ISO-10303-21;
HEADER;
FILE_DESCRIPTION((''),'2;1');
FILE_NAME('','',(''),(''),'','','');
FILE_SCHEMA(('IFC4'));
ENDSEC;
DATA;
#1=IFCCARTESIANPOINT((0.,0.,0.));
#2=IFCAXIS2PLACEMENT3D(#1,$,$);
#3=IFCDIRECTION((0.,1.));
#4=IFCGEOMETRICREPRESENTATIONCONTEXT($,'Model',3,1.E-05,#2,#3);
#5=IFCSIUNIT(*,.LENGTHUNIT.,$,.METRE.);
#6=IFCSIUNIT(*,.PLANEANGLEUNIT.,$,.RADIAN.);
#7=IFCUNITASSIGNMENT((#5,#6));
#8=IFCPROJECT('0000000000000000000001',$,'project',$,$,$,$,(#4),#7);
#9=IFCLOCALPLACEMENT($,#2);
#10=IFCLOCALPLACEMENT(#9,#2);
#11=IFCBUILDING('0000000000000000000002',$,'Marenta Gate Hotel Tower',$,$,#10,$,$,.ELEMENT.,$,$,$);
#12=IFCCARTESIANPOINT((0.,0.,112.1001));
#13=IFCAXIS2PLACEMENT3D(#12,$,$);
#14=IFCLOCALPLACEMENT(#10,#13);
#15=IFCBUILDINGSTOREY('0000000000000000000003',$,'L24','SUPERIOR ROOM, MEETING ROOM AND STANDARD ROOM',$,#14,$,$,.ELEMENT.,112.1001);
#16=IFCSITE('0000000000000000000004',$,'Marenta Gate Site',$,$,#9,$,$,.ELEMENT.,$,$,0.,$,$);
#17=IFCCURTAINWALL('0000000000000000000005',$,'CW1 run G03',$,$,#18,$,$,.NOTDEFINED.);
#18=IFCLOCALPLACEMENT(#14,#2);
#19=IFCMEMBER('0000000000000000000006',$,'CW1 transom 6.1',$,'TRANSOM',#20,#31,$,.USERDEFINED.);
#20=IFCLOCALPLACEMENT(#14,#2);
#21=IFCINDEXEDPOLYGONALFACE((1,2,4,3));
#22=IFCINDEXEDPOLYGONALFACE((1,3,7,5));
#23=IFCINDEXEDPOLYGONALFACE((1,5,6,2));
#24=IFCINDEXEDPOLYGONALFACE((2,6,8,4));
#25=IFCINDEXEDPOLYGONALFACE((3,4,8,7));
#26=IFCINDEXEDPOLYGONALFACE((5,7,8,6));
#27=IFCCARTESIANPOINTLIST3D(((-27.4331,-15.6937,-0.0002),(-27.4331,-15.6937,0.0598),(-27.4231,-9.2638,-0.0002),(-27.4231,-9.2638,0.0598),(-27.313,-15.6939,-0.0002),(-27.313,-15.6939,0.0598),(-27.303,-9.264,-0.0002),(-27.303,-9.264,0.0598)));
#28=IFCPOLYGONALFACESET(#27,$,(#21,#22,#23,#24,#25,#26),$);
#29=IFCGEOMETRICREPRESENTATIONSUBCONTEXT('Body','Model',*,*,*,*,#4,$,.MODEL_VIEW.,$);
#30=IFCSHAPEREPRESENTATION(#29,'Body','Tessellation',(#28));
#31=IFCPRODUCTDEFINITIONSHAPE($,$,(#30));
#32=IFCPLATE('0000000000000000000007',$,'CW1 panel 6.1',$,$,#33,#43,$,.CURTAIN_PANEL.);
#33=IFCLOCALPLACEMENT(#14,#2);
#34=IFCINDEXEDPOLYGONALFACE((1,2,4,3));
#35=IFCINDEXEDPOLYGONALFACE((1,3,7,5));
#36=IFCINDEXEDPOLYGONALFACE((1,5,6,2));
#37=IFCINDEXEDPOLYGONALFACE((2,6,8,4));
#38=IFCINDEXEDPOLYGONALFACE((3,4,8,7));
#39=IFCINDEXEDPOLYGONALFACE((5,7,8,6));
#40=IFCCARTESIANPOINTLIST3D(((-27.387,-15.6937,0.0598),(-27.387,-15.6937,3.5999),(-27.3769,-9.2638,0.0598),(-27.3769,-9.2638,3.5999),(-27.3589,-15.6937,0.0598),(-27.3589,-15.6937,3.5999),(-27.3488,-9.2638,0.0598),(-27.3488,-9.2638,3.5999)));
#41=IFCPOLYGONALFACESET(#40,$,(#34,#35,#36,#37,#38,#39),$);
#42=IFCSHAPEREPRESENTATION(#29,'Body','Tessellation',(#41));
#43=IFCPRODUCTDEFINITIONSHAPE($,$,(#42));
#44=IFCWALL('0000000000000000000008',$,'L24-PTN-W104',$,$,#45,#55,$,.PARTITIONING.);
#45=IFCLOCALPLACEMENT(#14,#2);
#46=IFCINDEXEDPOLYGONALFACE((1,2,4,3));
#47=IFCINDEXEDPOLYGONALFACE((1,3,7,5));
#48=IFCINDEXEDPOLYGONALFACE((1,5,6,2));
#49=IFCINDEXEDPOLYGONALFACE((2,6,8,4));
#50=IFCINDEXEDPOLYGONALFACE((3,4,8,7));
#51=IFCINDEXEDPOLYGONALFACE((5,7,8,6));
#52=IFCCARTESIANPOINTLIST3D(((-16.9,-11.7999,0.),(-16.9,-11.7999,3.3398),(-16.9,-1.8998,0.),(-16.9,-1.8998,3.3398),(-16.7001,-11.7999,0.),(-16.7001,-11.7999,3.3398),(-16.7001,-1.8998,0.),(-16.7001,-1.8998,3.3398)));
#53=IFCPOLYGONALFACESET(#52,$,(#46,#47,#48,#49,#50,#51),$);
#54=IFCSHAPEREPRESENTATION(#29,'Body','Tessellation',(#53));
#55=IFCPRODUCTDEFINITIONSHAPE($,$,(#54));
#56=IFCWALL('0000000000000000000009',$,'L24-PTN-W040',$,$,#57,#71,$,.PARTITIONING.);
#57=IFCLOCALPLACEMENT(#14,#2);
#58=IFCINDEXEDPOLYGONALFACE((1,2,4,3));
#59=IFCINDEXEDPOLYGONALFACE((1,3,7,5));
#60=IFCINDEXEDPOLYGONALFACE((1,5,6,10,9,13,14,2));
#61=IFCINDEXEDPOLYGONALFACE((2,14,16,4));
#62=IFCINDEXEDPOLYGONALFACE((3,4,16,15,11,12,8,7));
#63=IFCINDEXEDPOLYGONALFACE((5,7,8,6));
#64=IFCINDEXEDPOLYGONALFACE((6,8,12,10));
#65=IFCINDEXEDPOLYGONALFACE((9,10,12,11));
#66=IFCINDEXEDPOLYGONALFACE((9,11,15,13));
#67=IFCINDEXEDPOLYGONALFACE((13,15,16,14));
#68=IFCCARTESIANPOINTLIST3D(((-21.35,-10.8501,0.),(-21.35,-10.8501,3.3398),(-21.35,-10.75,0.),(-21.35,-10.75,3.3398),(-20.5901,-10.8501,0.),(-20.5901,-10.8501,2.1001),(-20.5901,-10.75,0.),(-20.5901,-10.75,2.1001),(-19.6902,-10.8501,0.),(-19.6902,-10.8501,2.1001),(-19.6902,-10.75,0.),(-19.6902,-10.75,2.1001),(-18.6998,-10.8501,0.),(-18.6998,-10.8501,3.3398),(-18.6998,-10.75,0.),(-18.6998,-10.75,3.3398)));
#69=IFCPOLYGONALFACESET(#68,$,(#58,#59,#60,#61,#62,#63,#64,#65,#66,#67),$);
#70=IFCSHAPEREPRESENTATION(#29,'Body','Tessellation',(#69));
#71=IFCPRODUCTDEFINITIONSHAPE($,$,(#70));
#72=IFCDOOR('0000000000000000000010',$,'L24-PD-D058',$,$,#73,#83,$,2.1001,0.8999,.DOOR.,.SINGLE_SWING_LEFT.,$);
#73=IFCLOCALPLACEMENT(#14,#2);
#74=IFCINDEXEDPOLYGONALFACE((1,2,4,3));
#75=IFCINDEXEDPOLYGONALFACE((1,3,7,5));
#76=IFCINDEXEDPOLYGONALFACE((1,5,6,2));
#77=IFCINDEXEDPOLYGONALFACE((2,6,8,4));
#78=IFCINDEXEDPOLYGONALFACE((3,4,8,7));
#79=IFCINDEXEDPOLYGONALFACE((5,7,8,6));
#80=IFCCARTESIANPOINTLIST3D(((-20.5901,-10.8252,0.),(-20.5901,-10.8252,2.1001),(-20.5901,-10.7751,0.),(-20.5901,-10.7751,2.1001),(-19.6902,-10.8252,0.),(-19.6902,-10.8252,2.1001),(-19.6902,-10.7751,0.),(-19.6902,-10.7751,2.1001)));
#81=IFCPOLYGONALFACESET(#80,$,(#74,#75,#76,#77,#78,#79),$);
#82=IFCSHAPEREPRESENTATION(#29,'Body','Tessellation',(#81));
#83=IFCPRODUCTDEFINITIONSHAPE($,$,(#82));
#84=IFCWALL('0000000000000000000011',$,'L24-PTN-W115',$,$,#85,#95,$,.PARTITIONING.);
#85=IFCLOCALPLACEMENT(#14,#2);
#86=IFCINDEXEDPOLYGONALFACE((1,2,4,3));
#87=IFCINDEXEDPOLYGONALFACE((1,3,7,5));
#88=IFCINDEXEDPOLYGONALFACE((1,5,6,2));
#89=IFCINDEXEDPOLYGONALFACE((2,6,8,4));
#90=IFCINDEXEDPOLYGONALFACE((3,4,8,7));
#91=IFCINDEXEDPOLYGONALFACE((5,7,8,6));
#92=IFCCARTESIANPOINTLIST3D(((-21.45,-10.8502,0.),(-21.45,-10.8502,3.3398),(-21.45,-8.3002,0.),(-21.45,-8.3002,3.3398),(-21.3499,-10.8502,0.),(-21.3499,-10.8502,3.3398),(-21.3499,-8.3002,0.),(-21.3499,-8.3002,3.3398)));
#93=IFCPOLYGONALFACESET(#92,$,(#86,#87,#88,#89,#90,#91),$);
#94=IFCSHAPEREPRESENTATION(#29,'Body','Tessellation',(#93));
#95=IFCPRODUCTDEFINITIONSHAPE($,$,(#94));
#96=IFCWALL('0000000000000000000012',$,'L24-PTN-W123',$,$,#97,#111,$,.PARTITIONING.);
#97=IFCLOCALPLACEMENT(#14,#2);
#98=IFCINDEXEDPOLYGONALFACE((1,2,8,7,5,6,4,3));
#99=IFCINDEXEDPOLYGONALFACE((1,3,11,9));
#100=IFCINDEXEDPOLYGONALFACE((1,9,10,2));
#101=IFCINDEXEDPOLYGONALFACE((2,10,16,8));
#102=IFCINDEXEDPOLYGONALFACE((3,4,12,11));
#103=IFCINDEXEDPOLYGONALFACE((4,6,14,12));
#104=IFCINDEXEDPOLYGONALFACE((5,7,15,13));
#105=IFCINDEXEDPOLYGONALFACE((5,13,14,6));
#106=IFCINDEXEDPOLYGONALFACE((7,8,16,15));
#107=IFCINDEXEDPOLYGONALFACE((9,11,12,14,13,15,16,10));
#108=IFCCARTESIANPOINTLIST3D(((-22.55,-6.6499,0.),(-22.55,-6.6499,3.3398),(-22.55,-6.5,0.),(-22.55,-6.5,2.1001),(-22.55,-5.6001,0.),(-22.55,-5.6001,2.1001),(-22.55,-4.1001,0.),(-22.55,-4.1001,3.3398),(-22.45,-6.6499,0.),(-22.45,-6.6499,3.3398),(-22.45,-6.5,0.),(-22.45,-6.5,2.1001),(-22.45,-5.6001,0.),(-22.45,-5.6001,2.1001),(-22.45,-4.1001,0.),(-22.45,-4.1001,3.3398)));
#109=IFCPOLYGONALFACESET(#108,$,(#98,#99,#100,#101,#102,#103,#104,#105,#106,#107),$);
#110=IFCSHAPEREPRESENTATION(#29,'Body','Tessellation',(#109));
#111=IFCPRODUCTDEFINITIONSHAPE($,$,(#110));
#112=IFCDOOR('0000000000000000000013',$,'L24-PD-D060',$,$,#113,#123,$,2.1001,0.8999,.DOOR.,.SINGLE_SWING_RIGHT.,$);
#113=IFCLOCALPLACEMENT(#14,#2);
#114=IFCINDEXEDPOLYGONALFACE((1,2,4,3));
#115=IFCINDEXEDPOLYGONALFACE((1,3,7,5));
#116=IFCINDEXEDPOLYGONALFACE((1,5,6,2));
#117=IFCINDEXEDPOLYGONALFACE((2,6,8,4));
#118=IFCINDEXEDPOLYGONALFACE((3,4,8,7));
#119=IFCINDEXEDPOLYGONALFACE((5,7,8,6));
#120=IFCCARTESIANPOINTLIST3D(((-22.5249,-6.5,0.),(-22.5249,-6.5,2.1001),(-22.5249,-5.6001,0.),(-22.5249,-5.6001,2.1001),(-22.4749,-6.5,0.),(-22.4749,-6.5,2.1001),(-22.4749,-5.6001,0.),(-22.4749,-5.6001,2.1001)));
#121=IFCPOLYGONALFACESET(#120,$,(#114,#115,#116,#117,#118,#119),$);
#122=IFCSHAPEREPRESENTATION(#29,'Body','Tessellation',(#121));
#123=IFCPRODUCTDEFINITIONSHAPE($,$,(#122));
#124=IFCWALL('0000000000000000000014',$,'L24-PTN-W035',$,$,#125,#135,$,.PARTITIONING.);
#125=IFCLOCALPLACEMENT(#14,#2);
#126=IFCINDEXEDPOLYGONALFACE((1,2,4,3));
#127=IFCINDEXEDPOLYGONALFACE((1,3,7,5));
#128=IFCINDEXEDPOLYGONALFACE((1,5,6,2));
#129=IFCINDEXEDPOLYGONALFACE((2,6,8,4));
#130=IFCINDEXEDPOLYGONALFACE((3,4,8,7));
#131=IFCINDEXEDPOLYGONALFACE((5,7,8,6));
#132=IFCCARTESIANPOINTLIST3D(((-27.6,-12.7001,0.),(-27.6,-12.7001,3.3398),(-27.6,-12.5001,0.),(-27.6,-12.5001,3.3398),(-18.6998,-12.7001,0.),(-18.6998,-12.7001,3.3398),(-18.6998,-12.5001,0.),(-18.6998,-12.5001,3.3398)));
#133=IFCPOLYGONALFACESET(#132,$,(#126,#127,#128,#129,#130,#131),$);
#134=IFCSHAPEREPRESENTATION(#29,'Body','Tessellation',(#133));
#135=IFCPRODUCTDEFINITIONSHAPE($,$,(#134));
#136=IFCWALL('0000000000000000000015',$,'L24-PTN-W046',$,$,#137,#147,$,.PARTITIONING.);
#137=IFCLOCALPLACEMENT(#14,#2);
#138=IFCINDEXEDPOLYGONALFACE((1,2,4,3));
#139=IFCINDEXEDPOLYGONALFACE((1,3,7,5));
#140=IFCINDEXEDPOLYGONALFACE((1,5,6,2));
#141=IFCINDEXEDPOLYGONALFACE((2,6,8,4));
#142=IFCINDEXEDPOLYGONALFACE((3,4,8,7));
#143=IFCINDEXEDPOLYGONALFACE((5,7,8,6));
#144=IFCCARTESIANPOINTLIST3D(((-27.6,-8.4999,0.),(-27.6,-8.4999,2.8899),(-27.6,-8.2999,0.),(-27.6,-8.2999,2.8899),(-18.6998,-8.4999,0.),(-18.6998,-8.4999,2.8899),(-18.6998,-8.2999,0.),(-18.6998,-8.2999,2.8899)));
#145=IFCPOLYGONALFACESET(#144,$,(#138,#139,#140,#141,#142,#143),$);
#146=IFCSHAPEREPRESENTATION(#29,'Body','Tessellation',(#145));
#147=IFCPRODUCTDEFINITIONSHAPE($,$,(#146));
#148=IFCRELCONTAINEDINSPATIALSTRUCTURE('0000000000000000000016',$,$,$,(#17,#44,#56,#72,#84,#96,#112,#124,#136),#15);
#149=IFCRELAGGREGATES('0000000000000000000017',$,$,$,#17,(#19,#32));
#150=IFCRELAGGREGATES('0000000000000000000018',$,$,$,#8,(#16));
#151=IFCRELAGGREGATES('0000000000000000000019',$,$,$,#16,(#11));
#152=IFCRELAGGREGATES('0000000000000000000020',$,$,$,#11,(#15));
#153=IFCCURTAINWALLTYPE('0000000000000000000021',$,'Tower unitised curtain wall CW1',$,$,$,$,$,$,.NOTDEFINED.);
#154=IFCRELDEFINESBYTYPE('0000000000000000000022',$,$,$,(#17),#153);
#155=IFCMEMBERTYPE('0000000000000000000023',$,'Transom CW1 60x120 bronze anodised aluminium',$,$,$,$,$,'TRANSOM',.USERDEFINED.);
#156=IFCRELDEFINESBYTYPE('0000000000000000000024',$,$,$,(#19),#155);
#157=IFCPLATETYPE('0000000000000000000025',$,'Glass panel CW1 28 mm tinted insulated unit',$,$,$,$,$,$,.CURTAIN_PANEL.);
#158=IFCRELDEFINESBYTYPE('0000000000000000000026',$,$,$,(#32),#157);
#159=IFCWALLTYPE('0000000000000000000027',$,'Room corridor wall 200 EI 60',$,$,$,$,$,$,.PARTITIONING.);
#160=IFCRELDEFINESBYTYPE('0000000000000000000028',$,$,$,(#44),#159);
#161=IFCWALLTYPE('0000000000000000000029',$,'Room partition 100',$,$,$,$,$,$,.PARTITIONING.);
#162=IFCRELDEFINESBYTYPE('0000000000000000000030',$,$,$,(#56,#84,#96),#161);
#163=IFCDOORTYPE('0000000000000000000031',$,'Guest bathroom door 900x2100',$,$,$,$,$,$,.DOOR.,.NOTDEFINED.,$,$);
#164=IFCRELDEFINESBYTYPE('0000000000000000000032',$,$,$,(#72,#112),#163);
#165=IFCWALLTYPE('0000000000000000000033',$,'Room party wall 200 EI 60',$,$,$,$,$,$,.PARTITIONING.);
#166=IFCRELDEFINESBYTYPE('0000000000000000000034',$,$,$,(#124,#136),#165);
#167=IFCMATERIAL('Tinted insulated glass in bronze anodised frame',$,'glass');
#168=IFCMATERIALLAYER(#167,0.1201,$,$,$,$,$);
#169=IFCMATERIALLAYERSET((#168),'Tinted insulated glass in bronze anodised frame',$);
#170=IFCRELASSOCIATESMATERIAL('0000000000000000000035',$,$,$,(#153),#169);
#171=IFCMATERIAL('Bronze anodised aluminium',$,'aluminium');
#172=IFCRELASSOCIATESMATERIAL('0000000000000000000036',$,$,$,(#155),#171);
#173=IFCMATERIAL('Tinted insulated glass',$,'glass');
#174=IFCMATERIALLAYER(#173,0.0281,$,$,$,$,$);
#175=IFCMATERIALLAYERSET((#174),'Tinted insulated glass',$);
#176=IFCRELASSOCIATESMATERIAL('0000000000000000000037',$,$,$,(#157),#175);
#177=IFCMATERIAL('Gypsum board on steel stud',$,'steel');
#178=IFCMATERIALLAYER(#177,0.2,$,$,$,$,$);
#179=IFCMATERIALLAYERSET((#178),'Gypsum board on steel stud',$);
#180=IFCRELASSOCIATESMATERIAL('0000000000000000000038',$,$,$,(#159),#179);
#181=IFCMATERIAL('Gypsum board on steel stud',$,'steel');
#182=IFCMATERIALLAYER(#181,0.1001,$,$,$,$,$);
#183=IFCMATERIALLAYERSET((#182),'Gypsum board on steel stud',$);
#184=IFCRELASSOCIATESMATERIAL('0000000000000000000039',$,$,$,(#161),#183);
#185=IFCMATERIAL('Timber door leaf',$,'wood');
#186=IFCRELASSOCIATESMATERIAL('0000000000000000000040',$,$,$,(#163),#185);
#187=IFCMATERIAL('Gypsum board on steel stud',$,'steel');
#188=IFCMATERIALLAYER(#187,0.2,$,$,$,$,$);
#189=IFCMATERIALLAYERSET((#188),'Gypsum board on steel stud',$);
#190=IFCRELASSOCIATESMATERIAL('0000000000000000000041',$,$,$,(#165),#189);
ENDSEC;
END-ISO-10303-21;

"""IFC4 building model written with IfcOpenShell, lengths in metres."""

from ifc_helpers import new_model, si_unit, direction, frame, frame_2d, origin, origin_2d, place, context, subcontext, project, spatial, rectangle, extrude, material, layer, layer_set, material_profile, profile_set, type_object, element, fill, aggregate, save


model = new_model("IFC4")

# Units and contexts
model_context = context("Model", 3, precision=1e-05, world=origin(), true_north=direction((0.0, 1.0)))
body_context = subcontext(model_context, "Body", "Model", "MODEL_VIEW")
ifc_project = project(units=[si_unit("LENGTHUNIT", "METRE"), si_unit("PLANEANGLEUNIT", "RADIAN")], contexts=[model_context])

# Site, building, storey
site_placement = place(None, origin())
site = spatial("IfcSite", under=ifc_project, at=site_placement, Name="Marenta Gate Site", CompositionType="ELEMENT", RefElevation=0.0)
building_placement = place(site_placement, origin())
building = spatial("IfcBuilding", under=site, at=building_placement, Name="Marenta Gate Hotel Tower", CompositionType="ELEMENT")
storey_placement = place(building_placement, frame((0.0, 0.0, 112.1001)))
storey = spatial("IfcBuildingStorey", under=building, at=storey_placement, Name="L24", Description="SUPERIOR ROOM, MEETING ROOM AND STANDARD ROOM", CompositionType="ELEMENT", Elevation=112.1001)

# Curtain wall, member, plate
ifc_material_1 = material(Name="Tinted insulated glass in bronze anodised frame", Category="glass")
ifc_layer_1 = layer(ifc_material_1, 0.1201)
ifc_layer_set_1 = layer_set([ifc_layer_1], Name="Tinted insulated glass in bronze anodised frame")
curtain_wall_type = type_object("IfcCurtainWallType", Name="Tower unitised curtain wall CW1", PredefinedType="NOTDEFINED", material=ifc_layer_set_1)
curtain_wall_placement = place(storey_placement, origin())
curtain_wall = element("IfcCurtainWall", 1, at=curtain_wall_placement, inside=storey, type_object=curtain_wall_type, Name="CW1 run G03", PredefinedType="NOTDEFINED")
ifc_material_2 = material(Name="Bronze anodised aluminium", Category="aluminium")
ifc_material_profile_1 = material_profile(ifc_material_2, rectangle(XDim=0.1201, YDim=0.0601, at=origin_2d()), Name="Transom CW1 60x120 bronze anodised aluminium")
ifc_profile_set_1 = profile_set([ifc_material_profile_1], Name="Bronze anodised aluminium")
member_type_1 = type_object("IfcMemberType", Name="Transom CW1 60x120 bronze anodised aluminium", ElementType="TRANSOM", PredefinedType="USERDEFINED", material=ifc_profile_set_1)
member_1_placement = place(storey_placement, frame((-27.363, -9.2639, 0.0298), z_axis=(-0.001557, -0.999999, 0.0), x_axis=(0.999999, -0.001557, 0.0)))
member_1 = element("IfcMember", 2, at=member_1_placement, type_object=member_type_1, Name="CW1 transom 6.1", ObjectType="TRANSOM", PredefinedType="USERDEFINED", context=body_context, shape_type="SweptSolid", body=[
    extrude(rectangle(XDim=0.1201, YDim=0.0601, at=origin_2d()), origin(), (0.0, 0.0, 1.0), 6.4299),
])
ifc_material_3 = material(Name="Tinted insulated glass", Category="glass")
ifc_layer_2 = layer(ifc_material_3, 0.0281)
ifc_layer_set_2 = layer_set([ifc_layer_2], Name="Tinted insulated glass")
plate_type = type_object("IfcPlateType", Name="Glass panel CW1 28 mm tinted insulated unit", PredefinedType="CURTAIN_PANEL", material=ifc_layer_set_2)
plate_placement = place(storey_placement, frame((-27.3679, -12.4788, 0.0598), z_axis=(0.0, 0.0, 1.0), x_axis=(-0.001566, -0.999999, 0.0)))
plate = element("IfcPlate", 3, at=plate_placement, type_object=plate_type, Name="CW1 panel 6.1", PredefinedType="CURTAIN_PANEL", context=body_context, shape_type="SweptSolid", body=[
    extrude(rectangle(XDim=6.4299, YDim=0.0281, at=origin_2d()), origin(), (0.0, 0.0, 1.0), 3.54),
])
aggregate(curtain_wall, [member_1, plate])

# Wall
ifc_material_4 = material(Name="Gypsum board on steel stud", Category="steel")
ifc_layer_3 = layer(ifc_material_4, 0.2)
ifc_layer_set_3 = layer_set([ifc_layer_3], Name="Gypsum board on steel stud")
wall_type_1 = type_object("IfcWallType", Name="Room corridor wall 200 EI 60", PredefinedType="PARTITIONING", material=ifc_layer_set_3)
wall_1_placement = place(storey_placement, frame((-16.8, -11.8, 0.0), z_axis=(0.0, 0.0, 1.0), x_axis=(0.0, 1.0, 0.0)))
element("IfcWall", 4, at=wall_1_placement, inside=storey, type_object=wall_type_1, Name="L24-PTN-W104", PredefinedType="PARTITIONING", context=body_context, shape_type="SweptSolid", body=[
    extrude(rectangle(XDim=9.9001, YDim=0.2, at=frame_2d((4.9502, 0.0))), origin(), (0.0, 0.0, 1.0), 3.3398),
])

# Wall, opening, door
ifc_material_5 = material(Name="Gypsum board on steel stud", Category="steel")
ifc_layer_4 = layer(ifc_material_5, 0.1001)
ifc_layer_set_4 = layer_set([ifc_layer_4], Name="Gypsum board on steel stud")
wall_type_2 = type_object("IfcWallType", Name="Room partition 100", PredefinedType="PARTITIONING", material=ifc_layer_set_4)
wall_2_placement = place(storey_placement, frame((-21.3501, -10.8, 0.0), z_axis=(0.0, 0.0, 1.0), x_axis=(1.0, 0.0, 0.0)))
wall_2 = element("IfcWall", 5, at=wall_2_placement, inside=storey, type_object=wall_type_2, Name="L24-PTN-W040", PredefinedType="PARTITIONING", context=body_context, shape_type="SweptSolid", body=[
    extrude(rectangle(XDim=2.6501, YDim=0.1001, at=frame_2d((1.3252, 0.0))), origin(), (0.0, 0.0, 1.0), 3.3398),
])
opening_1_placement = place(wall_2_placement, frame((0.76, 0.0, 0.0)))
opening_1 = element("IfcOpeningElement", 6, at=opening_1_placement, cuts=wall_2, PredefinedType="OPENING", context=body_context, shape_type="SweptSolid", body=[
    extrude(rectangle(XDim=0.8999, YDim=2.1001, at=frame_2d((0.45, 1.05))), frame((0.0, 0.05, 0.0), z_axis=(0.0, -1.0, 0.0), x_axis=(1.0, 0.0, 0.0)), (0.0, 0.0, 1.0), 0.1001),
])
ifc_material_6 = material(Name="Timber door leaf", Category="wood")
door_type = type_object("IfcDoorType", Name="Guest bathroom door 900x2100", OperationType="NOTDEFINED", PredefinedType="DOOR", material=ifc_material_6)
door_1_placement = place(opening_1_placement, origin())
door_1 = element("IfcDoor", 7, at=door_1_placement, inside=storey, type_object=door_type, Name="L24-PD-D058", OperationType="SINGLE_SWING_LEFT", OverallHeight=2.1001, OverallWidth=0.8999, PredefinedType="DOOR", context=body_context, shape_type="SweptSolid", body=[
    extrude(rectangle(XDim=0.8999, YDim=2.1001, at=frame_2d((0.45, 1.05))), frame((0.0, 0.0249, 0.0), z_axis=(0.0, -1.0, 0.0), x_axis=(1.0, 0.0, 0.0)), (0.0, 0.0, 1.0), 0.05),
])
fill(opening_1, door_1)

# Wall
wall_3_placement = place(storey_placement, frame((-21.3999, -10.8501, 0.0), z_axis=(0.0, 0.0, 1.0), x_axis=(0.0, 1.0, 0.0)))
element("IfcWall", 8, at=wall_3_placement, inside=storey, type_object=wall_type_2, Name="L24-PTN-W115", PredefinedType="PARTITIONING", context=body_context, shape_type="SweptSolid", body=[
    extrude(rectangle(XDim=2.55, YDim=0.1001, at=frame_2d((1.2749, 0.0))), origin(), (0.0, 0.0, 1.0), 3.3398),
])

# Wall, opening, door
wall_4_placement = place(storey_placement, frame((-22.5, -6.6499, 0.0), z_axis=(0.0, 0.0, 1.0), x_axis=(0.0, 1.0, 0.0)))
wall_4 = element("IfcWall", 9, at=wall_4_placement, inside=storey, type_object=wall_type_2, Name="L24-PTN-W123", PredefinedType="PARTITIONING", context=body_context, shape_type="SweptSolid", body=[
    extrude(rectangle(XDim=2.5498, YDim=0.1001, at=frame_2d((1.2749, 0.0))), origin(), (0.0, 0.0, 1.0), 3.3398),
])
opening_2_placement = place(wall_4_placement, frame((0.1499, 0.0, 0.0)))
opening_2 = element("IfcOpeningElement", 10, at=opening_2_placement, cuts=wall_4, PredefinedType="OPENING", context=body_context, shape_type="SweptSolid", body=[
    extrude(rectangle(XDim=0.8999, YDim=2.1001, at=frame_2d((0.45, 1.05))), frame((0.0, 0.05, 0.0), z_axis=(0.0, -1.0, 0.0), x_axis=(1.0, 0.0, 0.0)), (0.0, 0.0, 1.0), 0.1001),
])
door_2_placement = place(opening_2_placement, origin())
door_2 = element("IfcDoor", 11, at=door_2_placement, inside=storey, type_object=door_type, Name="L24-PD-D060", OperationType="SINGLE_SWING_RIGHT", OverallHeight=2.1001, OverallWidth=0.8999, PredefinedType="DOOR", context=body_context, shape_type="SweptSolid", body=[
    extrude(rectangle(XDim=0.8999, YDim=2.1001, at=frame_2d((0.45, 1.05))), frame((0.0, 0.0249, 0.0), z_axis=(0.0, -1.0, 0.0), x_axis=(1.0, 0.0, 0.0)), (0.0, 0.0, 1.0), 0.05),
])
fill(opening_2, door_2)

# Walls
ifc_material_7 = material(Name="Gypsum board on steel stud", Category="steel")
ifc_layer_5 = layer(ifc_material_7, 0.2)
ifc_layer_set_5 = layer_set([ifc_layer_5], Name="Gypsum board on steel stud")
wall_type_3 = type_object("IfcWallType", Name="Room party wall 200 EI 60", PredefinedType="PARTITIONING", material=ifc_layer_set_5)
wall_5_placement = place(storey_placement, frame((-27.6001, -12.6001, 0.0), z_axis=(0.0, 0.0, 1.0), x_axis=(1.0, 0.0, 0.0)))
element("IfcWall", 12, at=wall_5_placement, inside=storey, type_object=wall_type_3, Name="L24-PTN-W035", PredefinedType="PARTITIONING", context=body_context, shape_type="SweptSolid", body=[
    extrude(rectangle(XDim=8.9001, YDim=0.2, at=frame_2d((4.4502, 0.0))), origin(), (0.0, 0.0, 1.0), 3.3398),
])
wall_6_placement = place(storey_placement, frame((-27.6001, -8.3999, 0.0), z_axis=(0.0, 0.0, 1.0), x_axis=(1.0, 0.0, 0.0)))
element("IfcWall", 13, at=wall_6_placement, inside=storey, type_object=wall_type_3, Name="L24-PTN-W046", PredefinedType="PARTITIONING", context=body_context, shape_type="SweptSolid", body=[
    extrude(rectangle(XDim=8.9001, YDim=0.2, at=frame_2d((4.4502, 0.0))), origin(), (0.0, 0.0, 1.0), 2.8899),
])

save(model, "model.ifc")
